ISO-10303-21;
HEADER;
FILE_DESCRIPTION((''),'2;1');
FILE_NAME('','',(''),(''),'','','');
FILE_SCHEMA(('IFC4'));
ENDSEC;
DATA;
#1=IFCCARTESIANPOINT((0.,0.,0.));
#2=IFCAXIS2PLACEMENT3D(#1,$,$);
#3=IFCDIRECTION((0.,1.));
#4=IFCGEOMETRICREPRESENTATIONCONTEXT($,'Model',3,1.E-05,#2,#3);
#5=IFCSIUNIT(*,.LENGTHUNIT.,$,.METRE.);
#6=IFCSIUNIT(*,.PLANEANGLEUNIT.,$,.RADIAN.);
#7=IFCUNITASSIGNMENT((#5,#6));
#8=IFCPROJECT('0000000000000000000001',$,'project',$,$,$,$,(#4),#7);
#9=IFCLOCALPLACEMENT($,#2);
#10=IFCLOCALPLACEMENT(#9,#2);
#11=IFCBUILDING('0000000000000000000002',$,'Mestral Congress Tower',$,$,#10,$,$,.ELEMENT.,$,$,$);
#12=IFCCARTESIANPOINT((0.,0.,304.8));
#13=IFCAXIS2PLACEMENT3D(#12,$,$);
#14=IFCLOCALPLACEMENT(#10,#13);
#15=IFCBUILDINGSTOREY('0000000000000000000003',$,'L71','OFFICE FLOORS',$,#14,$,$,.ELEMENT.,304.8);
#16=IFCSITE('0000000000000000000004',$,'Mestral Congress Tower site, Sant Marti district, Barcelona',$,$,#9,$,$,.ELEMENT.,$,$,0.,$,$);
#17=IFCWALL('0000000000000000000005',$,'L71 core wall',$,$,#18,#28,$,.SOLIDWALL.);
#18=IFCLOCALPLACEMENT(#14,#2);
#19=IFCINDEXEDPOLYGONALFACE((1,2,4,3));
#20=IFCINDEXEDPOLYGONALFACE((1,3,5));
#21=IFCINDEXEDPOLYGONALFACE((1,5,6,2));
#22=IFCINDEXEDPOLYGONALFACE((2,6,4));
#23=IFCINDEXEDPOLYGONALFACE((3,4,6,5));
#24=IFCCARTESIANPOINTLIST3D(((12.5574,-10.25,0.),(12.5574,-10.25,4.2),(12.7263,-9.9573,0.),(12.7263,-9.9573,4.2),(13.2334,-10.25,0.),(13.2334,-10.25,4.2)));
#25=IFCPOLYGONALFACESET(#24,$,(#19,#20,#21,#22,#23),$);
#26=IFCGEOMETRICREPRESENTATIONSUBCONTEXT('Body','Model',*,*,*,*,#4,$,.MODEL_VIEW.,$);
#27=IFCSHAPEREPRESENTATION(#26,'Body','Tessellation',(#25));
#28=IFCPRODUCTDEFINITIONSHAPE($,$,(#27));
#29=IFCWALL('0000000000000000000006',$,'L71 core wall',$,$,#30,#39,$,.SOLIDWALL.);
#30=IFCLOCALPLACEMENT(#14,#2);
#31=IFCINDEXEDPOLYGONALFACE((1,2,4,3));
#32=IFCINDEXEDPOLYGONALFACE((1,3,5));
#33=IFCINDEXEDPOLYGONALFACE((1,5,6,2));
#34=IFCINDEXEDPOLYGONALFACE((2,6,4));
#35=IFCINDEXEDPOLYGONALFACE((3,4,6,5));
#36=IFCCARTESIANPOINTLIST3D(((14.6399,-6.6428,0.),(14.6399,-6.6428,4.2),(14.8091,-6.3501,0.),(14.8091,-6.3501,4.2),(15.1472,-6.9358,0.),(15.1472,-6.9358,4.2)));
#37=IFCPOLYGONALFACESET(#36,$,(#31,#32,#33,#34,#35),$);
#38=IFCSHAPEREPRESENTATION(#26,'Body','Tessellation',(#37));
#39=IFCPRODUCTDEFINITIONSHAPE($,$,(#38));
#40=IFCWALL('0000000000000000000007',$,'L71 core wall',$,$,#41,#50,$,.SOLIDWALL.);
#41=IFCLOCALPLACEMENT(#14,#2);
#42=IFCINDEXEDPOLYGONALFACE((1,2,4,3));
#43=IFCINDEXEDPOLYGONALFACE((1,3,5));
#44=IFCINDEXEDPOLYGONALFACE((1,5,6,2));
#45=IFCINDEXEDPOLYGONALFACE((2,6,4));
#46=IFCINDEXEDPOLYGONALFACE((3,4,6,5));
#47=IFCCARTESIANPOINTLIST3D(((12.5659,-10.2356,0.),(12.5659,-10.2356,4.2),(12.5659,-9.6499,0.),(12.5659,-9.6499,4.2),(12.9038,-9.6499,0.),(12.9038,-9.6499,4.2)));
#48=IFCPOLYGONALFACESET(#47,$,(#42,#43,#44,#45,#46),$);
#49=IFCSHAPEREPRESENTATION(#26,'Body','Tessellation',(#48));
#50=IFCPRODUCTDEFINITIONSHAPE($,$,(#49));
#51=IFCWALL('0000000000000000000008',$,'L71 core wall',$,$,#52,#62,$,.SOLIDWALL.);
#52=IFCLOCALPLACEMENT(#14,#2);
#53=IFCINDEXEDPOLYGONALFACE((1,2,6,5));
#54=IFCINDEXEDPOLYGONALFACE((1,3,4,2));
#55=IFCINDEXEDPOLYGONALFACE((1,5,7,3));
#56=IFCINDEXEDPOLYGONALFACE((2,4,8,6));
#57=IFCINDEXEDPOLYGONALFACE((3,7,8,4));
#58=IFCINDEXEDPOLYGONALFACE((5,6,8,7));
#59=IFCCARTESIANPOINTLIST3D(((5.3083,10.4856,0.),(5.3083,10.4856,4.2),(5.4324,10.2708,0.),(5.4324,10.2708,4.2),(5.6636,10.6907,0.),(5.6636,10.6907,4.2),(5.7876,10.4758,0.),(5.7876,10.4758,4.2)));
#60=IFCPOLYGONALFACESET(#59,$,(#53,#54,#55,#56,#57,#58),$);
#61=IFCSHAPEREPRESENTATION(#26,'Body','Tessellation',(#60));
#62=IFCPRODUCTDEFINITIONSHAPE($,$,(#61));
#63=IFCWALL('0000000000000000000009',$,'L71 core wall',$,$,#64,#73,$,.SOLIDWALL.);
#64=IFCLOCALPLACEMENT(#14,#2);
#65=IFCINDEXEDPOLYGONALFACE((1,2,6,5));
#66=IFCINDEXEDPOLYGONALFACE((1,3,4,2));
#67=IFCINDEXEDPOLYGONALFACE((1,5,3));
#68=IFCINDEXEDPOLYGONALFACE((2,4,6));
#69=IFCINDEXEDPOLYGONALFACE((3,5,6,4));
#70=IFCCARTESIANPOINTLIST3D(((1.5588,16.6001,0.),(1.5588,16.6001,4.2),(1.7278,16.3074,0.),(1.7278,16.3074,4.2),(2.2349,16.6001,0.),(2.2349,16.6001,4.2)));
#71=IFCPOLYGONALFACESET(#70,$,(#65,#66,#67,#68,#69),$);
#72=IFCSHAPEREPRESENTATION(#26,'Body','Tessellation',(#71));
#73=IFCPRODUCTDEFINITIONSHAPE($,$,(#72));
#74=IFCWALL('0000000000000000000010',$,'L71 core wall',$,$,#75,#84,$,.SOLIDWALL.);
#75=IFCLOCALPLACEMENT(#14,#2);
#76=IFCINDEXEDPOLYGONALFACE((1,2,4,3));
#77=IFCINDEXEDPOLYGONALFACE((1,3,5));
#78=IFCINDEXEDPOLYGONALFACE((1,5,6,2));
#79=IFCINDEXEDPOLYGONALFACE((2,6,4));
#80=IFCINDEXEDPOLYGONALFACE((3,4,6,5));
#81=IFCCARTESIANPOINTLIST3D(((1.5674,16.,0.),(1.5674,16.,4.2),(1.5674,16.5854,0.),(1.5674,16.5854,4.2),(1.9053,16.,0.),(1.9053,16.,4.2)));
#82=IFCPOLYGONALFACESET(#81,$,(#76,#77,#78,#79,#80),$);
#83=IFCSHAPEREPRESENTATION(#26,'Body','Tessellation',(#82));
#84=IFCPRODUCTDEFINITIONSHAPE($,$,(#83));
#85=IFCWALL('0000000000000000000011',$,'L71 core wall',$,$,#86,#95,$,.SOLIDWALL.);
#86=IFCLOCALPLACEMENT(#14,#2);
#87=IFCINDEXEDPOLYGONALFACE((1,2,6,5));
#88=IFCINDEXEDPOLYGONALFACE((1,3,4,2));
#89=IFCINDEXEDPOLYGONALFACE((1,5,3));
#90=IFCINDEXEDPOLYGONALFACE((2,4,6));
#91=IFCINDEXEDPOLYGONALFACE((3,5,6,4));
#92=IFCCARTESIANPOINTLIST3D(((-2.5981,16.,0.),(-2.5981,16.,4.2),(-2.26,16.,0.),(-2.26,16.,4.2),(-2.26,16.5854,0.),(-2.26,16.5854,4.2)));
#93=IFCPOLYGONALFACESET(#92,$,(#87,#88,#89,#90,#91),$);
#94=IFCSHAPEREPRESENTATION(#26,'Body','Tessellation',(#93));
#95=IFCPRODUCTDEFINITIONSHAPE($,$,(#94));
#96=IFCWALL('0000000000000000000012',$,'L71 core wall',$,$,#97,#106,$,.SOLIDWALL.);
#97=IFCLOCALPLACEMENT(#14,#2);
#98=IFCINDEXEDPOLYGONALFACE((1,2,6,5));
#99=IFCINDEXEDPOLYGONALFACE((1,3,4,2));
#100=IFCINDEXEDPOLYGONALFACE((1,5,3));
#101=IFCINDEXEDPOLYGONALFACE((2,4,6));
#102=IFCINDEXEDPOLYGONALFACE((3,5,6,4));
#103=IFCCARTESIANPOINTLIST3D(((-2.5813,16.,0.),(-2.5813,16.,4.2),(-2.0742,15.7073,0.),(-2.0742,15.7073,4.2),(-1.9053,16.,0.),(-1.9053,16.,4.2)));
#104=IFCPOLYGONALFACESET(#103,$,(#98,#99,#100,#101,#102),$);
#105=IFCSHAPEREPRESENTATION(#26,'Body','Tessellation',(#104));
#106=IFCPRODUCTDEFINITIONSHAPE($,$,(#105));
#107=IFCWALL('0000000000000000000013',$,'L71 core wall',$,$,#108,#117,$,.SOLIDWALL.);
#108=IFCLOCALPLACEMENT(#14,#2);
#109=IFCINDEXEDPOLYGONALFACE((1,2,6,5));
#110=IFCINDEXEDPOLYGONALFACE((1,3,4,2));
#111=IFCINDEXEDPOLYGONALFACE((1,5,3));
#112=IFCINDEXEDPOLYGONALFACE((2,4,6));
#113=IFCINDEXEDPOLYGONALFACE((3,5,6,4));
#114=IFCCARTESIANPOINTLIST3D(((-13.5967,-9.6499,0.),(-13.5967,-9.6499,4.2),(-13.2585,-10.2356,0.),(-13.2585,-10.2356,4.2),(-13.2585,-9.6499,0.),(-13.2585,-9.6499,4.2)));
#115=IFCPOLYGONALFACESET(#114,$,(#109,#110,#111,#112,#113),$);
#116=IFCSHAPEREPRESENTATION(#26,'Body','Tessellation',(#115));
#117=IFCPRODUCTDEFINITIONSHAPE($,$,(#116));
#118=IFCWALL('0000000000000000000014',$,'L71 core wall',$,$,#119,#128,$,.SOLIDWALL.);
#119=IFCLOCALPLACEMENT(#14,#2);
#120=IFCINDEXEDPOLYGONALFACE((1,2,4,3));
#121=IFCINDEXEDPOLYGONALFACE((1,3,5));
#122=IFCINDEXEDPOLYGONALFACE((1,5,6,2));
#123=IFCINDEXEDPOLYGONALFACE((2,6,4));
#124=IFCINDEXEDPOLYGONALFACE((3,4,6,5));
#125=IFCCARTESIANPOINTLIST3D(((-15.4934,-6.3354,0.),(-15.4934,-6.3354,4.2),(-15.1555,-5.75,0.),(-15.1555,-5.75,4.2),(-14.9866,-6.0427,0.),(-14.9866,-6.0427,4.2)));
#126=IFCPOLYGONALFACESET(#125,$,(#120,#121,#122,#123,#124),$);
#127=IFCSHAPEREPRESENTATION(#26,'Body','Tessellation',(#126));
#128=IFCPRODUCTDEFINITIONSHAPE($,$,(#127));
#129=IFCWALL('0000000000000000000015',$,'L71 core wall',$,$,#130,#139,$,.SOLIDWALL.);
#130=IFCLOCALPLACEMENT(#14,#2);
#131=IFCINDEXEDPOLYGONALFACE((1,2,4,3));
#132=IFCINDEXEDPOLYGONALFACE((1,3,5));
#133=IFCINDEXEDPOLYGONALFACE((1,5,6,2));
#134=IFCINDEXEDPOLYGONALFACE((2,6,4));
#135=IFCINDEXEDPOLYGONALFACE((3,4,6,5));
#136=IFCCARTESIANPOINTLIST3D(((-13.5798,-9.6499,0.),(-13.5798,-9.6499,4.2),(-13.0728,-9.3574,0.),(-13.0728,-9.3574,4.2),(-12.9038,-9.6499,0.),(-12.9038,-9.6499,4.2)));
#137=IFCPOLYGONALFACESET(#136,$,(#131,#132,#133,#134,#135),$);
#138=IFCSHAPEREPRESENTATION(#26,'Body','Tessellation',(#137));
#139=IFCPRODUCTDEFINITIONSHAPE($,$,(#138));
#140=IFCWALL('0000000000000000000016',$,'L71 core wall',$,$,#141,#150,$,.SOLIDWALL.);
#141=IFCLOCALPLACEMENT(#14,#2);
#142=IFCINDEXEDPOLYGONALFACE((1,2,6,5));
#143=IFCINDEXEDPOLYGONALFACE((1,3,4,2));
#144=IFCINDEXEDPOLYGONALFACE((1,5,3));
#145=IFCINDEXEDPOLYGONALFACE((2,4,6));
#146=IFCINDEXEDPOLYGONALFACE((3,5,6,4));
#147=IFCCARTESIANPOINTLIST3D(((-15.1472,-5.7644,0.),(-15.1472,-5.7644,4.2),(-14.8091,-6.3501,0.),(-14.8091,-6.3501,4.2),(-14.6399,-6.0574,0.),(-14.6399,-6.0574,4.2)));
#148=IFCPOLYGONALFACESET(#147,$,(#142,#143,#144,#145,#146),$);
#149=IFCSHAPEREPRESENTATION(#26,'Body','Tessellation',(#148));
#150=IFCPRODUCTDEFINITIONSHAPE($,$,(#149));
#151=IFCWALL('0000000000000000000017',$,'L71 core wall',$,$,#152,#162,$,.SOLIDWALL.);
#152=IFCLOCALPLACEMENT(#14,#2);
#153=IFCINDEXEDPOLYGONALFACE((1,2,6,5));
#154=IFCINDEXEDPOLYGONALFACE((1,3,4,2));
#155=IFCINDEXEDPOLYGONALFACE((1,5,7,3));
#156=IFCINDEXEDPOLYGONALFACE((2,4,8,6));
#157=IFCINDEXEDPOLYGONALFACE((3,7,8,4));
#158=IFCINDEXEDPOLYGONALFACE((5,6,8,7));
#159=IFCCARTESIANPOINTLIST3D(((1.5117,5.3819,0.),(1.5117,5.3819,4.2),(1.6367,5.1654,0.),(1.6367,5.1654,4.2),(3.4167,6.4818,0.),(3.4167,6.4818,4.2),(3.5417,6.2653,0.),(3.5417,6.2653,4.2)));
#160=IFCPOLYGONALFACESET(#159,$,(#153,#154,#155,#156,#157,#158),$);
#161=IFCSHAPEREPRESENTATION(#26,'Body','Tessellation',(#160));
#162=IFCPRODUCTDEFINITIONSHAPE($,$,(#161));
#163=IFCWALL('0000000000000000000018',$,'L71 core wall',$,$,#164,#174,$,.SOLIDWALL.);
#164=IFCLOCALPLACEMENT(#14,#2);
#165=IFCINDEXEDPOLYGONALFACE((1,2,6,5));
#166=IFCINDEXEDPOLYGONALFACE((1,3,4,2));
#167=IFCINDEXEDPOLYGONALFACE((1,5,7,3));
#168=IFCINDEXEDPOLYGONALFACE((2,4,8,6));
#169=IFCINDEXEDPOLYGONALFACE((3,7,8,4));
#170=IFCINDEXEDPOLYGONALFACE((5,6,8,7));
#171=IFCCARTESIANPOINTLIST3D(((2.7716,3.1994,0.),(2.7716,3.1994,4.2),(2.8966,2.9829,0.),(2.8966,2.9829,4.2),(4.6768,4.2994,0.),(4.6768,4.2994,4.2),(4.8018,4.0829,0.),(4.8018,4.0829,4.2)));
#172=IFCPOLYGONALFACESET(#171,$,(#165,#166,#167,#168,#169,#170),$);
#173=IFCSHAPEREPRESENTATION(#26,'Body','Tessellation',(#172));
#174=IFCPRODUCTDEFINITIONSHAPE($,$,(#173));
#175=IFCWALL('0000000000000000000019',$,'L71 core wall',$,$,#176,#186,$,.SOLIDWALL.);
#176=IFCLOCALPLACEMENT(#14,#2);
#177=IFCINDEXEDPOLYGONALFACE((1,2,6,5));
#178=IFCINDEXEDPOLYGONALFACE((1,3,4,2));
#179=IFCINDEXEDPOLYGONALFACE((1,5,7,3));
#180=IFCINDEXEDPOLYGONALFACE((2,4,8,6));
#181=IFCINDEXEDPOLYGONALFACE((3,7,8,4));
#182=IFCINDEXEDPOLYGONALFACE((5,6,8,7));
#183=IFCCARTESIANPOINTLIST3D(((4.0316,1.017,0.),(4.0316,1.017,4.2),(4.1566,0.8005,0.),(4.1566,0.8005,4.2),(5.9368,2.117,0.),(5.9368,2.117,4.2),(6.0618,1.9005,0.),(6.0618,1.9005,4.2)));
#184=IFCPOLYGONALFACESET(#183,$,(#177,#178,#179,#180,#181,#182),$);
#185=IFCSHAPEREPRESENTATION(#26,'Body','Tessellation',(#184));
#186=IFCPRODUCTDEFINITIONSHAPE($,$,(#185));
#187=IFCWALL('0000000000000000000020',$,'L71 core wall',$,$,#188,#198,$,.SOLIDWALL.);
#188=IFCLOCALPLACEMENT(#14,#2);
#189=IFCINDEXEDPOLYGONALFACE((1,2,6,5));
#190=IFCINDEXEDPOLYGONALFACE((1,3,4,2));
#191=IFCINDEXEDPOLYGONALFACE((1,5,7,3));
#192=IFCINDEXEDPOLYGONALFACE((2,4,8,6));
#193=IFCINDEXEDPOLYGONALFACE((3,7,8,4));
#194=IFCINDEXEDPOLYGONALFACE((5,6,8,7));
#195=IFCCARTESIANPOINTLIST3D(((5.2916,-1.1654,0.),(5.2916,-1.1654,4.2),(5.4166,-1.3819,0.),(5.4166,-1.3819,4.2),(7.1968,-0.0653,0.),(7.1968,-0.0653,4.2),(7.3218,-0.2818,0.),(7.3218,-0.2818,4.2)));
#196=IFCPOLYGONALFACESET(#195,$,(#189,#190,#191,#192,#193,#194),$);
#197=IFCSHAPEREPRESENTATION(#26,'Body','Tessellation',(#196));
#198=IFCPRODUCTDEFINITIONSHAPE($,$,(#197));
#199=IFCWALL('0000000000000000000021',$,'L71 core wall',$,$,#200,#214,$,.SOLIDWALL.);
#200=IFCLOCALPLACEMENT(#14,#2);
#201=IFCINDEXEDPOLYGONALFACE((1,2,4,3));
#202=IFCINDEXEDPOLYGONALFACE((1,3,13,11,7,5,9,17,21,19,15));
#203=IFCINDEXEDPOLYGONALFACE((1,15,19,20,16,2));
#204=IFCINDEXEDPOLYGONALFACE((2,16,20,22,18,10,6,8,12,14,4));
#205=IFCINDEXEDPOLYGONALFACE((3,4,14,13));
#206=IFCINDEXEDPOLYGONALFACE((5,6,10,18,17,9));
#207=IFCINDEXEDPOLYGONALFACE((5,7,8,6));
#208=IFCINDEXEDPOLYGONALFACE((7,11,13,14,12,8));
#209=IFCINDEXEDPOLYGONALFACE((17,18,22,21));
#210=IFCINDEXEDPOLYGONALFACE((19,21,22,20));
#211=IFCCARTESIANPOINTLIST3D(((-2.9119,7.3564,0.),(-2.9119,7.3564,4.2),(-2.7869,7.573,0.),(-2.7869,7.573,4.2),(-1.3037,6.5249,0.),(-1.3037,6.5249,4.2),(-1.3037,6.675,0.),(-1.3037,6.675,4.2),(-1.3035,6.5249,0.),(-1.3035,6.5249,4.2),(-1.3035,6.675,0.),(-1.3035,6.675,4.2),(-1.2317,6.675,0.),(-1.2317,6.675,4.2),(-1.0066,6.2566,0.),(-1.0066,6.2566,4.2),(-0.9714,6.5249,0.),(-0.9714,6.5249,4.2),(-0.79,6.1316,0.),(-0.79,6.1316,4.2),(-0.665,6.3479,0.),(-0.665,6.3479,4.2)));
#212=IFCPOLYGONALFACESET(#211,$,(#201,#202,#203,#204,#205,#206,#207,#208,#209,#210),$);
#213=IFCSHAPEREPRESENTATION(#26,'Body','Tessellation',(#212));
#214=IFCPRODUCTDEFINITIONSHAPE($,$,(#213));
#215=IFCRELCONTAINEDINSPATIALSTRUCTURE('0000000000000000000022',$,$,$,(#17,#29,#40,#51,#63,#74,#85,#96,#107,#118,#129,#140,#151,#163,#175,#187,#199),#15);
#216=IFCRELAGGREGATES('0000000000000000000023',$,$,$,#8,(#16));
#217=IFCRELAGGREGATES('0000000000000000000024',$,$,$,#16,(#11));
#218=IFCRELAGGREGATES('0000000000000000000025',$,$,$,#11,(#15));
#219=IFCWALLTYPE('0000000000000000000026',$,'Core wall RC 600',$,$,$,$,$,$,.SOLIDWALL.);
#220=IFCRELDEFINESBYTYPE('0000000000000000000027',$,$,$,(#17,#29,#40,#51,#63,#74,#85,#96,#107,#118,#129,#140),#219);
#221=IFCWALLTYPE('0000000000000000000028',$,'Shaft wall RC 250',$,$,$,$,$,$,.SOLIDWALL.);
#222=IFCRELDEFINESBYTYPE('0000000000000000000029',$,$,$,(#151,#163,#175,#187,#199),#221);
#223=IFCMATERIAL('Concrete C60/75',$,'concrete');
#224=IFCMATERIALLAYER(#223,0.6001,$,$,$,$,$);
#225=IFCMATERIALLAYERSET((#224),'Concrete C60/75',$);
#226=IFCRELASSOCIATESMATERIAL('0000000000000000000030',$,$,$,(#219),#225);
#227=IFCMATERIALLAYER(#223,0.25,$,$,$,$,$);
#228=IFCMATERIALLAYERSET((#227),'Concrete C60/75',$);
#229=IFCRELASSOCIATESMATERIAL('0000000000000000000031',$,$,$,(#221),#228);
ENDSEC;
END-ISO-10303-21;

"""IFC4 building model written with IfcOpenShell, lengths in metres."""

from ifc_helpers import new_model, si_unit, direction, frame, frame_2d, origin, place, context, subcontext, project, spatial, polyline, rectangle, outline, extrude, material, layer, layer_set, type_object, element, save


model = new_model("IFC4")

# Units and contexts
model_context = context("Model", 3, precision=1e-05, world=origin(), true_north=direction((0.0, 1.0)))
body_context = subcontext(model_context, "Body", "Model", "MODEL_VIEW")
ifc_project = project(units=[si_unit("LENGTHUNIT", "METRE"), si_unit("PLANEANGLEUNIT", "RADIAN")], contexts=[model_context])

# Site, building, storey
site_placement = place(None, origin())
site = spatial("IfcSite", under=ifc_project, at=site_placement, Name="Mestral Congress Tower site, Sant Marti district, Barcelona", CompositionType="ELEMENT", RefElevation=0.0)
building_placement = place(site_placement, origin())
building = spatial("IfcBuilding", under=site, at=building_placement, Name="Mestral Congress Tower", CompositionType="ELEMENT")
storey_placement = place(building_placement, frame((0.0, 0.0, 304.8)))
storey = spatial("IfcBuildingStorey", under=building, at=storey_placement, Name="L71", Description="OFFICE FLOORS", CompositionType="ELEMENT", Elevation=304.8)

# Walls
ifc_material = material(Name="Concrete C60/75", Category="concrete")
ifc_layer_1 = layer(ifc_material, 0.6001)
ifc_layer_set_1 = layer_set([ifc_layer_1], Name="Concrete C60/75")
wall_type_1 = type_object("IfcWallType", Name="Core wall RC 600", PredefinedType="SOLIDWALL", material=ifc_layer_set_1)
placement = place(storey_placement, origin())
element("IfcWall", 1, at=placement, inside=storey, type_object=wall_type_1, Name="L71 core wall", PredefinedType="SOLIDWALL", context=body_context, shape_type="SweptSolid", body=[
    extrude(outline(polyline([(12.7263, -9.9573), (13.2334, -10.25), (12.5574, -10.25), (12.7263, -9.9573)])), origin(), (0.0, 0.0, 1.0), 4.2),
])
element("IfcWall", 2, at=placement, inside=storey, type_object=wall_type_1, Name="L71 core wall", PredefinedType="SOLIDWALL", context=body_context, shape_type="SweptSolid", body=[
    extrude(outline(polyline([(14.8091, -6.3501), (15.1472, -6.9358), (14.6399, -6.6428), (14.8091, -6.3501)])), origin(), (0.0, 0.0, 1.0), 4.2),
])
element("IfcWall", 3, at=placement, inside=storey, type_object=wall_type_1, Name="L71 core wall", PredefinedType="SOLIDWALL", context=body_context, shape_type="SweptSolid", body=[
    extrude(outline(polyline([(12.9038, -9.6499), (12.5659, -10.2356), (12.5659, -9.6499), (12.9038, -9.6499)])), origin(), (0.0, 0.0, 1.0), 4.2),
])
element("IfcWall", 4, at=placement, inside=storey, type_object=wall_type_1, Name="L71 core wall", PredefinedType="SOLIDWALL", context=body_context, shape_type="SweptSolid", body=[
    extrude(outline(polyline([(5.6636, 10.6907), (5.7876, 10.4758), (5.4324, 10.2708), (5.3083, 10.4856), (5.6636, 10.6907)])), origin(), (0.0, 0.0, 1.0), 4.2),
])
element("IfcWall", 5, at=placement, inside=storey, type_object=wall_type_1, Name="L71 core wall", PredefinedType="SOLIDWALL", context=body_context, shape_type="SweptSolid", body=[
    extrude(outline(polyline([(1.5588, 16.6001), (2.2349, 16.6001), (1.7278, 16.3074), (1.5588, 16.6001)])), origin(), (0.0, 0.0, 1.0), 4.2),
])
element("IfcWall", 6, at=placement, inside=storey, type_object=wall_type_1, Name="L71 core wall", PredefinedType="SOLIDWALL", context=body_context, shape_type="SweptSolid", body=[
    extrude(outline(polyline([(1.9053, 16.0), (1.5674, 16.0), (1.5674, 16.5854), (1.9053, 16.0)])), origin(), (0.0, 0.0, 1.0), 4.2),
])
element("IfcWall", 7, at=placement, inside=storey, type_object=wall_type_1, Name="L71 core wall", PredefinedType="SOLIDWALL", context=body_context, shape_type="SweptSolid", body=[
    extrude(outline(polyline([(-2.5981, 16.0), (-2.26, 16.5854), (-2.26, 16.0), (-2.5981, 16.0)])), origin(), (0.0, 0.0, 1.0), 4.2),
])
element("IfcWall", 8, at=placement, inside=storey, type_object=wall_type_1, Name="L71 core wall", PredefinedType="SOLIDWALL", context=body_context, shape_type="SweptSolid", body=[
    extrude(outline(polyline([(-1.9053, 16.0), (-2.0742, 15.7073), (-2.5813, 16.0), (-1.9053, 16.0)])), origin(), (0.0, 0.0, 1.0), 4.2),
])
element("IfcWall", 9, at=placement, inside=storey, type_object=wall_type_1, Name="L71 core wall", PredefinedType="SOLIDWALL", context=body_context, shape_type="SweptSolid", body=[
    extrude(outline(polyline([(-13.5967, -9.6499), (-13.2585, -9.6499), (-13.2585, -10.2356), (-13.5967, -9.6499)])), origin(), (0.0, 0.0, 1.0), 4.2),
])
element("IfcWall", 10, at=placement, inside=storey, type_object=wall_type_1, Name="L71 core wall", PredefinedType="SOLIDWALL", context=body_context, shape_type="SweptSolid", body=[
    extrude(outline(polyline([(-14.9866, -6.0427), (-15.4934, -6.3354), (-15.1555, -5.75), (-14.9866, -6.0427)])), origin(), (0.0, 0.0, 1.0), 4.2),
])
element("IfcWall", 11, at=placement, inside=storey, type_object=wall_type_1, Name="L71 core wall", PredefinedType="SOLIDWALL", context=body_context, shape_type="SweptSolid", body=[
    extrude(outline(polyline([(-12.9038, -9.6499), (-13.5798, -9.6499), (-13.0728, -9.3574), (-12.9038, -9.6499)])), origin(), (0.0, 0.0, 1.0), 4.2),
])
element("IfcWall", 12, at=placement, inside=storey, type_object=wall_type_1, Name="L71 core wall", PredefinedType="SOLIDWALL", context=body_context, shape_type="SweptSolid", body=[
    extrude(outline(polyline([(-14.8091, -6.3501), (-15.1472, -5.7644), (-14.6399, -6.0574), (-14.8091, -6.3501)])), origin(), (0.0, 0.0, 1.0), 4.2),
])
ifc_layer_2 = layer(ifc_material, 0.25)
ifc_layer_set_2 = layer_set([ifc_layer_2], Name="Concrete C60/75")
wall_type_2 = type_object("IfcWallType", Name="Shaft wall RC 250", PredefinedType="SOLIDWALL", material=ifc_layer_set_2)
wall_1_placement = place(storey_placement, frame((1.5742, 5.2737, 0.0), z_axis=(0.0, 0.0, 1.0), x_axis=(0.866028, 0.499995, 0.0)))
element("IfcWall", 13, at=wall_1_placement, inside=storey, type_object=wall_type_2, Name="L71 core wall", PredefinedType="SOLIDWALL", context=body_context, shape_type="SweptSolid", body=[
    extrude(rectangle(XDim=2.1997, YDim=0.25, at=frame_2d((1.0999, 0.0))), origin(), (0.0, 0.0, 1.0), 4.2),
])
for number, where, z_axis, x_axis, name in (
    (14, (2.834, 3.0911, 0.0), (0.0, 0.0, 1.0), (0.866008, 0.50003, 0.0), "L71 core wall"),
    (15, (4.094, 0.9087, 0.0), (0.0, 0.0, 1.0), (0.866008, 0.50003, 0.0), "L71 core wall"),
    (16, (5.354, -1.2737, 0.0), (0.0, 0.0, 1.0), (0.866008, 0.50003, 0.0), "L71 core wall"),
):
    element("IfcWall", number, at=place(storey_placement, frame(where, z_axis=z_axis, x_axis=x_axis)), inside=storey, type_object=wall_type_2, Name=name, PredefinedType="SOLIDWALL", context=body_context, shape_type="SweptSolid", body=[
        extrude(rectangle(XDim=2.2, YDim=0.25, at=frame_2d((1.1001, 0.0))), origin(), (0.0, 0.0, 1.0), 4.2),
    ])
element("IfcWall", 17, at=placement, inside=storey, type_object=wall_type_2, Name="L71 core wall", PredefinedType="SOLIDWALL", context=body_context, shape_type="SweptSolid", body=[
    extrude(outline(polyline([(-2.9119, 7.3564), (-2.7869, 7.573), (-1.2317, 6.675), (-1.3035, 6.675), (-1.3037, 6.675), (-1.3037, 6.675), (-1.3037, 6.5249), (-1.3037, 6.5249), (-1.3035, 6.5249), (-0.9714, 6.5249), (-0.665, 6.3479), (-0.79, 6.1316), (-1.0066, 6.2566), (-1.0066, 6.2566), (-2.9119, 7.3564)])), origin(), (0.0, 0.0, 1.0), 4.2),
])

save(model, "model.ifc")
